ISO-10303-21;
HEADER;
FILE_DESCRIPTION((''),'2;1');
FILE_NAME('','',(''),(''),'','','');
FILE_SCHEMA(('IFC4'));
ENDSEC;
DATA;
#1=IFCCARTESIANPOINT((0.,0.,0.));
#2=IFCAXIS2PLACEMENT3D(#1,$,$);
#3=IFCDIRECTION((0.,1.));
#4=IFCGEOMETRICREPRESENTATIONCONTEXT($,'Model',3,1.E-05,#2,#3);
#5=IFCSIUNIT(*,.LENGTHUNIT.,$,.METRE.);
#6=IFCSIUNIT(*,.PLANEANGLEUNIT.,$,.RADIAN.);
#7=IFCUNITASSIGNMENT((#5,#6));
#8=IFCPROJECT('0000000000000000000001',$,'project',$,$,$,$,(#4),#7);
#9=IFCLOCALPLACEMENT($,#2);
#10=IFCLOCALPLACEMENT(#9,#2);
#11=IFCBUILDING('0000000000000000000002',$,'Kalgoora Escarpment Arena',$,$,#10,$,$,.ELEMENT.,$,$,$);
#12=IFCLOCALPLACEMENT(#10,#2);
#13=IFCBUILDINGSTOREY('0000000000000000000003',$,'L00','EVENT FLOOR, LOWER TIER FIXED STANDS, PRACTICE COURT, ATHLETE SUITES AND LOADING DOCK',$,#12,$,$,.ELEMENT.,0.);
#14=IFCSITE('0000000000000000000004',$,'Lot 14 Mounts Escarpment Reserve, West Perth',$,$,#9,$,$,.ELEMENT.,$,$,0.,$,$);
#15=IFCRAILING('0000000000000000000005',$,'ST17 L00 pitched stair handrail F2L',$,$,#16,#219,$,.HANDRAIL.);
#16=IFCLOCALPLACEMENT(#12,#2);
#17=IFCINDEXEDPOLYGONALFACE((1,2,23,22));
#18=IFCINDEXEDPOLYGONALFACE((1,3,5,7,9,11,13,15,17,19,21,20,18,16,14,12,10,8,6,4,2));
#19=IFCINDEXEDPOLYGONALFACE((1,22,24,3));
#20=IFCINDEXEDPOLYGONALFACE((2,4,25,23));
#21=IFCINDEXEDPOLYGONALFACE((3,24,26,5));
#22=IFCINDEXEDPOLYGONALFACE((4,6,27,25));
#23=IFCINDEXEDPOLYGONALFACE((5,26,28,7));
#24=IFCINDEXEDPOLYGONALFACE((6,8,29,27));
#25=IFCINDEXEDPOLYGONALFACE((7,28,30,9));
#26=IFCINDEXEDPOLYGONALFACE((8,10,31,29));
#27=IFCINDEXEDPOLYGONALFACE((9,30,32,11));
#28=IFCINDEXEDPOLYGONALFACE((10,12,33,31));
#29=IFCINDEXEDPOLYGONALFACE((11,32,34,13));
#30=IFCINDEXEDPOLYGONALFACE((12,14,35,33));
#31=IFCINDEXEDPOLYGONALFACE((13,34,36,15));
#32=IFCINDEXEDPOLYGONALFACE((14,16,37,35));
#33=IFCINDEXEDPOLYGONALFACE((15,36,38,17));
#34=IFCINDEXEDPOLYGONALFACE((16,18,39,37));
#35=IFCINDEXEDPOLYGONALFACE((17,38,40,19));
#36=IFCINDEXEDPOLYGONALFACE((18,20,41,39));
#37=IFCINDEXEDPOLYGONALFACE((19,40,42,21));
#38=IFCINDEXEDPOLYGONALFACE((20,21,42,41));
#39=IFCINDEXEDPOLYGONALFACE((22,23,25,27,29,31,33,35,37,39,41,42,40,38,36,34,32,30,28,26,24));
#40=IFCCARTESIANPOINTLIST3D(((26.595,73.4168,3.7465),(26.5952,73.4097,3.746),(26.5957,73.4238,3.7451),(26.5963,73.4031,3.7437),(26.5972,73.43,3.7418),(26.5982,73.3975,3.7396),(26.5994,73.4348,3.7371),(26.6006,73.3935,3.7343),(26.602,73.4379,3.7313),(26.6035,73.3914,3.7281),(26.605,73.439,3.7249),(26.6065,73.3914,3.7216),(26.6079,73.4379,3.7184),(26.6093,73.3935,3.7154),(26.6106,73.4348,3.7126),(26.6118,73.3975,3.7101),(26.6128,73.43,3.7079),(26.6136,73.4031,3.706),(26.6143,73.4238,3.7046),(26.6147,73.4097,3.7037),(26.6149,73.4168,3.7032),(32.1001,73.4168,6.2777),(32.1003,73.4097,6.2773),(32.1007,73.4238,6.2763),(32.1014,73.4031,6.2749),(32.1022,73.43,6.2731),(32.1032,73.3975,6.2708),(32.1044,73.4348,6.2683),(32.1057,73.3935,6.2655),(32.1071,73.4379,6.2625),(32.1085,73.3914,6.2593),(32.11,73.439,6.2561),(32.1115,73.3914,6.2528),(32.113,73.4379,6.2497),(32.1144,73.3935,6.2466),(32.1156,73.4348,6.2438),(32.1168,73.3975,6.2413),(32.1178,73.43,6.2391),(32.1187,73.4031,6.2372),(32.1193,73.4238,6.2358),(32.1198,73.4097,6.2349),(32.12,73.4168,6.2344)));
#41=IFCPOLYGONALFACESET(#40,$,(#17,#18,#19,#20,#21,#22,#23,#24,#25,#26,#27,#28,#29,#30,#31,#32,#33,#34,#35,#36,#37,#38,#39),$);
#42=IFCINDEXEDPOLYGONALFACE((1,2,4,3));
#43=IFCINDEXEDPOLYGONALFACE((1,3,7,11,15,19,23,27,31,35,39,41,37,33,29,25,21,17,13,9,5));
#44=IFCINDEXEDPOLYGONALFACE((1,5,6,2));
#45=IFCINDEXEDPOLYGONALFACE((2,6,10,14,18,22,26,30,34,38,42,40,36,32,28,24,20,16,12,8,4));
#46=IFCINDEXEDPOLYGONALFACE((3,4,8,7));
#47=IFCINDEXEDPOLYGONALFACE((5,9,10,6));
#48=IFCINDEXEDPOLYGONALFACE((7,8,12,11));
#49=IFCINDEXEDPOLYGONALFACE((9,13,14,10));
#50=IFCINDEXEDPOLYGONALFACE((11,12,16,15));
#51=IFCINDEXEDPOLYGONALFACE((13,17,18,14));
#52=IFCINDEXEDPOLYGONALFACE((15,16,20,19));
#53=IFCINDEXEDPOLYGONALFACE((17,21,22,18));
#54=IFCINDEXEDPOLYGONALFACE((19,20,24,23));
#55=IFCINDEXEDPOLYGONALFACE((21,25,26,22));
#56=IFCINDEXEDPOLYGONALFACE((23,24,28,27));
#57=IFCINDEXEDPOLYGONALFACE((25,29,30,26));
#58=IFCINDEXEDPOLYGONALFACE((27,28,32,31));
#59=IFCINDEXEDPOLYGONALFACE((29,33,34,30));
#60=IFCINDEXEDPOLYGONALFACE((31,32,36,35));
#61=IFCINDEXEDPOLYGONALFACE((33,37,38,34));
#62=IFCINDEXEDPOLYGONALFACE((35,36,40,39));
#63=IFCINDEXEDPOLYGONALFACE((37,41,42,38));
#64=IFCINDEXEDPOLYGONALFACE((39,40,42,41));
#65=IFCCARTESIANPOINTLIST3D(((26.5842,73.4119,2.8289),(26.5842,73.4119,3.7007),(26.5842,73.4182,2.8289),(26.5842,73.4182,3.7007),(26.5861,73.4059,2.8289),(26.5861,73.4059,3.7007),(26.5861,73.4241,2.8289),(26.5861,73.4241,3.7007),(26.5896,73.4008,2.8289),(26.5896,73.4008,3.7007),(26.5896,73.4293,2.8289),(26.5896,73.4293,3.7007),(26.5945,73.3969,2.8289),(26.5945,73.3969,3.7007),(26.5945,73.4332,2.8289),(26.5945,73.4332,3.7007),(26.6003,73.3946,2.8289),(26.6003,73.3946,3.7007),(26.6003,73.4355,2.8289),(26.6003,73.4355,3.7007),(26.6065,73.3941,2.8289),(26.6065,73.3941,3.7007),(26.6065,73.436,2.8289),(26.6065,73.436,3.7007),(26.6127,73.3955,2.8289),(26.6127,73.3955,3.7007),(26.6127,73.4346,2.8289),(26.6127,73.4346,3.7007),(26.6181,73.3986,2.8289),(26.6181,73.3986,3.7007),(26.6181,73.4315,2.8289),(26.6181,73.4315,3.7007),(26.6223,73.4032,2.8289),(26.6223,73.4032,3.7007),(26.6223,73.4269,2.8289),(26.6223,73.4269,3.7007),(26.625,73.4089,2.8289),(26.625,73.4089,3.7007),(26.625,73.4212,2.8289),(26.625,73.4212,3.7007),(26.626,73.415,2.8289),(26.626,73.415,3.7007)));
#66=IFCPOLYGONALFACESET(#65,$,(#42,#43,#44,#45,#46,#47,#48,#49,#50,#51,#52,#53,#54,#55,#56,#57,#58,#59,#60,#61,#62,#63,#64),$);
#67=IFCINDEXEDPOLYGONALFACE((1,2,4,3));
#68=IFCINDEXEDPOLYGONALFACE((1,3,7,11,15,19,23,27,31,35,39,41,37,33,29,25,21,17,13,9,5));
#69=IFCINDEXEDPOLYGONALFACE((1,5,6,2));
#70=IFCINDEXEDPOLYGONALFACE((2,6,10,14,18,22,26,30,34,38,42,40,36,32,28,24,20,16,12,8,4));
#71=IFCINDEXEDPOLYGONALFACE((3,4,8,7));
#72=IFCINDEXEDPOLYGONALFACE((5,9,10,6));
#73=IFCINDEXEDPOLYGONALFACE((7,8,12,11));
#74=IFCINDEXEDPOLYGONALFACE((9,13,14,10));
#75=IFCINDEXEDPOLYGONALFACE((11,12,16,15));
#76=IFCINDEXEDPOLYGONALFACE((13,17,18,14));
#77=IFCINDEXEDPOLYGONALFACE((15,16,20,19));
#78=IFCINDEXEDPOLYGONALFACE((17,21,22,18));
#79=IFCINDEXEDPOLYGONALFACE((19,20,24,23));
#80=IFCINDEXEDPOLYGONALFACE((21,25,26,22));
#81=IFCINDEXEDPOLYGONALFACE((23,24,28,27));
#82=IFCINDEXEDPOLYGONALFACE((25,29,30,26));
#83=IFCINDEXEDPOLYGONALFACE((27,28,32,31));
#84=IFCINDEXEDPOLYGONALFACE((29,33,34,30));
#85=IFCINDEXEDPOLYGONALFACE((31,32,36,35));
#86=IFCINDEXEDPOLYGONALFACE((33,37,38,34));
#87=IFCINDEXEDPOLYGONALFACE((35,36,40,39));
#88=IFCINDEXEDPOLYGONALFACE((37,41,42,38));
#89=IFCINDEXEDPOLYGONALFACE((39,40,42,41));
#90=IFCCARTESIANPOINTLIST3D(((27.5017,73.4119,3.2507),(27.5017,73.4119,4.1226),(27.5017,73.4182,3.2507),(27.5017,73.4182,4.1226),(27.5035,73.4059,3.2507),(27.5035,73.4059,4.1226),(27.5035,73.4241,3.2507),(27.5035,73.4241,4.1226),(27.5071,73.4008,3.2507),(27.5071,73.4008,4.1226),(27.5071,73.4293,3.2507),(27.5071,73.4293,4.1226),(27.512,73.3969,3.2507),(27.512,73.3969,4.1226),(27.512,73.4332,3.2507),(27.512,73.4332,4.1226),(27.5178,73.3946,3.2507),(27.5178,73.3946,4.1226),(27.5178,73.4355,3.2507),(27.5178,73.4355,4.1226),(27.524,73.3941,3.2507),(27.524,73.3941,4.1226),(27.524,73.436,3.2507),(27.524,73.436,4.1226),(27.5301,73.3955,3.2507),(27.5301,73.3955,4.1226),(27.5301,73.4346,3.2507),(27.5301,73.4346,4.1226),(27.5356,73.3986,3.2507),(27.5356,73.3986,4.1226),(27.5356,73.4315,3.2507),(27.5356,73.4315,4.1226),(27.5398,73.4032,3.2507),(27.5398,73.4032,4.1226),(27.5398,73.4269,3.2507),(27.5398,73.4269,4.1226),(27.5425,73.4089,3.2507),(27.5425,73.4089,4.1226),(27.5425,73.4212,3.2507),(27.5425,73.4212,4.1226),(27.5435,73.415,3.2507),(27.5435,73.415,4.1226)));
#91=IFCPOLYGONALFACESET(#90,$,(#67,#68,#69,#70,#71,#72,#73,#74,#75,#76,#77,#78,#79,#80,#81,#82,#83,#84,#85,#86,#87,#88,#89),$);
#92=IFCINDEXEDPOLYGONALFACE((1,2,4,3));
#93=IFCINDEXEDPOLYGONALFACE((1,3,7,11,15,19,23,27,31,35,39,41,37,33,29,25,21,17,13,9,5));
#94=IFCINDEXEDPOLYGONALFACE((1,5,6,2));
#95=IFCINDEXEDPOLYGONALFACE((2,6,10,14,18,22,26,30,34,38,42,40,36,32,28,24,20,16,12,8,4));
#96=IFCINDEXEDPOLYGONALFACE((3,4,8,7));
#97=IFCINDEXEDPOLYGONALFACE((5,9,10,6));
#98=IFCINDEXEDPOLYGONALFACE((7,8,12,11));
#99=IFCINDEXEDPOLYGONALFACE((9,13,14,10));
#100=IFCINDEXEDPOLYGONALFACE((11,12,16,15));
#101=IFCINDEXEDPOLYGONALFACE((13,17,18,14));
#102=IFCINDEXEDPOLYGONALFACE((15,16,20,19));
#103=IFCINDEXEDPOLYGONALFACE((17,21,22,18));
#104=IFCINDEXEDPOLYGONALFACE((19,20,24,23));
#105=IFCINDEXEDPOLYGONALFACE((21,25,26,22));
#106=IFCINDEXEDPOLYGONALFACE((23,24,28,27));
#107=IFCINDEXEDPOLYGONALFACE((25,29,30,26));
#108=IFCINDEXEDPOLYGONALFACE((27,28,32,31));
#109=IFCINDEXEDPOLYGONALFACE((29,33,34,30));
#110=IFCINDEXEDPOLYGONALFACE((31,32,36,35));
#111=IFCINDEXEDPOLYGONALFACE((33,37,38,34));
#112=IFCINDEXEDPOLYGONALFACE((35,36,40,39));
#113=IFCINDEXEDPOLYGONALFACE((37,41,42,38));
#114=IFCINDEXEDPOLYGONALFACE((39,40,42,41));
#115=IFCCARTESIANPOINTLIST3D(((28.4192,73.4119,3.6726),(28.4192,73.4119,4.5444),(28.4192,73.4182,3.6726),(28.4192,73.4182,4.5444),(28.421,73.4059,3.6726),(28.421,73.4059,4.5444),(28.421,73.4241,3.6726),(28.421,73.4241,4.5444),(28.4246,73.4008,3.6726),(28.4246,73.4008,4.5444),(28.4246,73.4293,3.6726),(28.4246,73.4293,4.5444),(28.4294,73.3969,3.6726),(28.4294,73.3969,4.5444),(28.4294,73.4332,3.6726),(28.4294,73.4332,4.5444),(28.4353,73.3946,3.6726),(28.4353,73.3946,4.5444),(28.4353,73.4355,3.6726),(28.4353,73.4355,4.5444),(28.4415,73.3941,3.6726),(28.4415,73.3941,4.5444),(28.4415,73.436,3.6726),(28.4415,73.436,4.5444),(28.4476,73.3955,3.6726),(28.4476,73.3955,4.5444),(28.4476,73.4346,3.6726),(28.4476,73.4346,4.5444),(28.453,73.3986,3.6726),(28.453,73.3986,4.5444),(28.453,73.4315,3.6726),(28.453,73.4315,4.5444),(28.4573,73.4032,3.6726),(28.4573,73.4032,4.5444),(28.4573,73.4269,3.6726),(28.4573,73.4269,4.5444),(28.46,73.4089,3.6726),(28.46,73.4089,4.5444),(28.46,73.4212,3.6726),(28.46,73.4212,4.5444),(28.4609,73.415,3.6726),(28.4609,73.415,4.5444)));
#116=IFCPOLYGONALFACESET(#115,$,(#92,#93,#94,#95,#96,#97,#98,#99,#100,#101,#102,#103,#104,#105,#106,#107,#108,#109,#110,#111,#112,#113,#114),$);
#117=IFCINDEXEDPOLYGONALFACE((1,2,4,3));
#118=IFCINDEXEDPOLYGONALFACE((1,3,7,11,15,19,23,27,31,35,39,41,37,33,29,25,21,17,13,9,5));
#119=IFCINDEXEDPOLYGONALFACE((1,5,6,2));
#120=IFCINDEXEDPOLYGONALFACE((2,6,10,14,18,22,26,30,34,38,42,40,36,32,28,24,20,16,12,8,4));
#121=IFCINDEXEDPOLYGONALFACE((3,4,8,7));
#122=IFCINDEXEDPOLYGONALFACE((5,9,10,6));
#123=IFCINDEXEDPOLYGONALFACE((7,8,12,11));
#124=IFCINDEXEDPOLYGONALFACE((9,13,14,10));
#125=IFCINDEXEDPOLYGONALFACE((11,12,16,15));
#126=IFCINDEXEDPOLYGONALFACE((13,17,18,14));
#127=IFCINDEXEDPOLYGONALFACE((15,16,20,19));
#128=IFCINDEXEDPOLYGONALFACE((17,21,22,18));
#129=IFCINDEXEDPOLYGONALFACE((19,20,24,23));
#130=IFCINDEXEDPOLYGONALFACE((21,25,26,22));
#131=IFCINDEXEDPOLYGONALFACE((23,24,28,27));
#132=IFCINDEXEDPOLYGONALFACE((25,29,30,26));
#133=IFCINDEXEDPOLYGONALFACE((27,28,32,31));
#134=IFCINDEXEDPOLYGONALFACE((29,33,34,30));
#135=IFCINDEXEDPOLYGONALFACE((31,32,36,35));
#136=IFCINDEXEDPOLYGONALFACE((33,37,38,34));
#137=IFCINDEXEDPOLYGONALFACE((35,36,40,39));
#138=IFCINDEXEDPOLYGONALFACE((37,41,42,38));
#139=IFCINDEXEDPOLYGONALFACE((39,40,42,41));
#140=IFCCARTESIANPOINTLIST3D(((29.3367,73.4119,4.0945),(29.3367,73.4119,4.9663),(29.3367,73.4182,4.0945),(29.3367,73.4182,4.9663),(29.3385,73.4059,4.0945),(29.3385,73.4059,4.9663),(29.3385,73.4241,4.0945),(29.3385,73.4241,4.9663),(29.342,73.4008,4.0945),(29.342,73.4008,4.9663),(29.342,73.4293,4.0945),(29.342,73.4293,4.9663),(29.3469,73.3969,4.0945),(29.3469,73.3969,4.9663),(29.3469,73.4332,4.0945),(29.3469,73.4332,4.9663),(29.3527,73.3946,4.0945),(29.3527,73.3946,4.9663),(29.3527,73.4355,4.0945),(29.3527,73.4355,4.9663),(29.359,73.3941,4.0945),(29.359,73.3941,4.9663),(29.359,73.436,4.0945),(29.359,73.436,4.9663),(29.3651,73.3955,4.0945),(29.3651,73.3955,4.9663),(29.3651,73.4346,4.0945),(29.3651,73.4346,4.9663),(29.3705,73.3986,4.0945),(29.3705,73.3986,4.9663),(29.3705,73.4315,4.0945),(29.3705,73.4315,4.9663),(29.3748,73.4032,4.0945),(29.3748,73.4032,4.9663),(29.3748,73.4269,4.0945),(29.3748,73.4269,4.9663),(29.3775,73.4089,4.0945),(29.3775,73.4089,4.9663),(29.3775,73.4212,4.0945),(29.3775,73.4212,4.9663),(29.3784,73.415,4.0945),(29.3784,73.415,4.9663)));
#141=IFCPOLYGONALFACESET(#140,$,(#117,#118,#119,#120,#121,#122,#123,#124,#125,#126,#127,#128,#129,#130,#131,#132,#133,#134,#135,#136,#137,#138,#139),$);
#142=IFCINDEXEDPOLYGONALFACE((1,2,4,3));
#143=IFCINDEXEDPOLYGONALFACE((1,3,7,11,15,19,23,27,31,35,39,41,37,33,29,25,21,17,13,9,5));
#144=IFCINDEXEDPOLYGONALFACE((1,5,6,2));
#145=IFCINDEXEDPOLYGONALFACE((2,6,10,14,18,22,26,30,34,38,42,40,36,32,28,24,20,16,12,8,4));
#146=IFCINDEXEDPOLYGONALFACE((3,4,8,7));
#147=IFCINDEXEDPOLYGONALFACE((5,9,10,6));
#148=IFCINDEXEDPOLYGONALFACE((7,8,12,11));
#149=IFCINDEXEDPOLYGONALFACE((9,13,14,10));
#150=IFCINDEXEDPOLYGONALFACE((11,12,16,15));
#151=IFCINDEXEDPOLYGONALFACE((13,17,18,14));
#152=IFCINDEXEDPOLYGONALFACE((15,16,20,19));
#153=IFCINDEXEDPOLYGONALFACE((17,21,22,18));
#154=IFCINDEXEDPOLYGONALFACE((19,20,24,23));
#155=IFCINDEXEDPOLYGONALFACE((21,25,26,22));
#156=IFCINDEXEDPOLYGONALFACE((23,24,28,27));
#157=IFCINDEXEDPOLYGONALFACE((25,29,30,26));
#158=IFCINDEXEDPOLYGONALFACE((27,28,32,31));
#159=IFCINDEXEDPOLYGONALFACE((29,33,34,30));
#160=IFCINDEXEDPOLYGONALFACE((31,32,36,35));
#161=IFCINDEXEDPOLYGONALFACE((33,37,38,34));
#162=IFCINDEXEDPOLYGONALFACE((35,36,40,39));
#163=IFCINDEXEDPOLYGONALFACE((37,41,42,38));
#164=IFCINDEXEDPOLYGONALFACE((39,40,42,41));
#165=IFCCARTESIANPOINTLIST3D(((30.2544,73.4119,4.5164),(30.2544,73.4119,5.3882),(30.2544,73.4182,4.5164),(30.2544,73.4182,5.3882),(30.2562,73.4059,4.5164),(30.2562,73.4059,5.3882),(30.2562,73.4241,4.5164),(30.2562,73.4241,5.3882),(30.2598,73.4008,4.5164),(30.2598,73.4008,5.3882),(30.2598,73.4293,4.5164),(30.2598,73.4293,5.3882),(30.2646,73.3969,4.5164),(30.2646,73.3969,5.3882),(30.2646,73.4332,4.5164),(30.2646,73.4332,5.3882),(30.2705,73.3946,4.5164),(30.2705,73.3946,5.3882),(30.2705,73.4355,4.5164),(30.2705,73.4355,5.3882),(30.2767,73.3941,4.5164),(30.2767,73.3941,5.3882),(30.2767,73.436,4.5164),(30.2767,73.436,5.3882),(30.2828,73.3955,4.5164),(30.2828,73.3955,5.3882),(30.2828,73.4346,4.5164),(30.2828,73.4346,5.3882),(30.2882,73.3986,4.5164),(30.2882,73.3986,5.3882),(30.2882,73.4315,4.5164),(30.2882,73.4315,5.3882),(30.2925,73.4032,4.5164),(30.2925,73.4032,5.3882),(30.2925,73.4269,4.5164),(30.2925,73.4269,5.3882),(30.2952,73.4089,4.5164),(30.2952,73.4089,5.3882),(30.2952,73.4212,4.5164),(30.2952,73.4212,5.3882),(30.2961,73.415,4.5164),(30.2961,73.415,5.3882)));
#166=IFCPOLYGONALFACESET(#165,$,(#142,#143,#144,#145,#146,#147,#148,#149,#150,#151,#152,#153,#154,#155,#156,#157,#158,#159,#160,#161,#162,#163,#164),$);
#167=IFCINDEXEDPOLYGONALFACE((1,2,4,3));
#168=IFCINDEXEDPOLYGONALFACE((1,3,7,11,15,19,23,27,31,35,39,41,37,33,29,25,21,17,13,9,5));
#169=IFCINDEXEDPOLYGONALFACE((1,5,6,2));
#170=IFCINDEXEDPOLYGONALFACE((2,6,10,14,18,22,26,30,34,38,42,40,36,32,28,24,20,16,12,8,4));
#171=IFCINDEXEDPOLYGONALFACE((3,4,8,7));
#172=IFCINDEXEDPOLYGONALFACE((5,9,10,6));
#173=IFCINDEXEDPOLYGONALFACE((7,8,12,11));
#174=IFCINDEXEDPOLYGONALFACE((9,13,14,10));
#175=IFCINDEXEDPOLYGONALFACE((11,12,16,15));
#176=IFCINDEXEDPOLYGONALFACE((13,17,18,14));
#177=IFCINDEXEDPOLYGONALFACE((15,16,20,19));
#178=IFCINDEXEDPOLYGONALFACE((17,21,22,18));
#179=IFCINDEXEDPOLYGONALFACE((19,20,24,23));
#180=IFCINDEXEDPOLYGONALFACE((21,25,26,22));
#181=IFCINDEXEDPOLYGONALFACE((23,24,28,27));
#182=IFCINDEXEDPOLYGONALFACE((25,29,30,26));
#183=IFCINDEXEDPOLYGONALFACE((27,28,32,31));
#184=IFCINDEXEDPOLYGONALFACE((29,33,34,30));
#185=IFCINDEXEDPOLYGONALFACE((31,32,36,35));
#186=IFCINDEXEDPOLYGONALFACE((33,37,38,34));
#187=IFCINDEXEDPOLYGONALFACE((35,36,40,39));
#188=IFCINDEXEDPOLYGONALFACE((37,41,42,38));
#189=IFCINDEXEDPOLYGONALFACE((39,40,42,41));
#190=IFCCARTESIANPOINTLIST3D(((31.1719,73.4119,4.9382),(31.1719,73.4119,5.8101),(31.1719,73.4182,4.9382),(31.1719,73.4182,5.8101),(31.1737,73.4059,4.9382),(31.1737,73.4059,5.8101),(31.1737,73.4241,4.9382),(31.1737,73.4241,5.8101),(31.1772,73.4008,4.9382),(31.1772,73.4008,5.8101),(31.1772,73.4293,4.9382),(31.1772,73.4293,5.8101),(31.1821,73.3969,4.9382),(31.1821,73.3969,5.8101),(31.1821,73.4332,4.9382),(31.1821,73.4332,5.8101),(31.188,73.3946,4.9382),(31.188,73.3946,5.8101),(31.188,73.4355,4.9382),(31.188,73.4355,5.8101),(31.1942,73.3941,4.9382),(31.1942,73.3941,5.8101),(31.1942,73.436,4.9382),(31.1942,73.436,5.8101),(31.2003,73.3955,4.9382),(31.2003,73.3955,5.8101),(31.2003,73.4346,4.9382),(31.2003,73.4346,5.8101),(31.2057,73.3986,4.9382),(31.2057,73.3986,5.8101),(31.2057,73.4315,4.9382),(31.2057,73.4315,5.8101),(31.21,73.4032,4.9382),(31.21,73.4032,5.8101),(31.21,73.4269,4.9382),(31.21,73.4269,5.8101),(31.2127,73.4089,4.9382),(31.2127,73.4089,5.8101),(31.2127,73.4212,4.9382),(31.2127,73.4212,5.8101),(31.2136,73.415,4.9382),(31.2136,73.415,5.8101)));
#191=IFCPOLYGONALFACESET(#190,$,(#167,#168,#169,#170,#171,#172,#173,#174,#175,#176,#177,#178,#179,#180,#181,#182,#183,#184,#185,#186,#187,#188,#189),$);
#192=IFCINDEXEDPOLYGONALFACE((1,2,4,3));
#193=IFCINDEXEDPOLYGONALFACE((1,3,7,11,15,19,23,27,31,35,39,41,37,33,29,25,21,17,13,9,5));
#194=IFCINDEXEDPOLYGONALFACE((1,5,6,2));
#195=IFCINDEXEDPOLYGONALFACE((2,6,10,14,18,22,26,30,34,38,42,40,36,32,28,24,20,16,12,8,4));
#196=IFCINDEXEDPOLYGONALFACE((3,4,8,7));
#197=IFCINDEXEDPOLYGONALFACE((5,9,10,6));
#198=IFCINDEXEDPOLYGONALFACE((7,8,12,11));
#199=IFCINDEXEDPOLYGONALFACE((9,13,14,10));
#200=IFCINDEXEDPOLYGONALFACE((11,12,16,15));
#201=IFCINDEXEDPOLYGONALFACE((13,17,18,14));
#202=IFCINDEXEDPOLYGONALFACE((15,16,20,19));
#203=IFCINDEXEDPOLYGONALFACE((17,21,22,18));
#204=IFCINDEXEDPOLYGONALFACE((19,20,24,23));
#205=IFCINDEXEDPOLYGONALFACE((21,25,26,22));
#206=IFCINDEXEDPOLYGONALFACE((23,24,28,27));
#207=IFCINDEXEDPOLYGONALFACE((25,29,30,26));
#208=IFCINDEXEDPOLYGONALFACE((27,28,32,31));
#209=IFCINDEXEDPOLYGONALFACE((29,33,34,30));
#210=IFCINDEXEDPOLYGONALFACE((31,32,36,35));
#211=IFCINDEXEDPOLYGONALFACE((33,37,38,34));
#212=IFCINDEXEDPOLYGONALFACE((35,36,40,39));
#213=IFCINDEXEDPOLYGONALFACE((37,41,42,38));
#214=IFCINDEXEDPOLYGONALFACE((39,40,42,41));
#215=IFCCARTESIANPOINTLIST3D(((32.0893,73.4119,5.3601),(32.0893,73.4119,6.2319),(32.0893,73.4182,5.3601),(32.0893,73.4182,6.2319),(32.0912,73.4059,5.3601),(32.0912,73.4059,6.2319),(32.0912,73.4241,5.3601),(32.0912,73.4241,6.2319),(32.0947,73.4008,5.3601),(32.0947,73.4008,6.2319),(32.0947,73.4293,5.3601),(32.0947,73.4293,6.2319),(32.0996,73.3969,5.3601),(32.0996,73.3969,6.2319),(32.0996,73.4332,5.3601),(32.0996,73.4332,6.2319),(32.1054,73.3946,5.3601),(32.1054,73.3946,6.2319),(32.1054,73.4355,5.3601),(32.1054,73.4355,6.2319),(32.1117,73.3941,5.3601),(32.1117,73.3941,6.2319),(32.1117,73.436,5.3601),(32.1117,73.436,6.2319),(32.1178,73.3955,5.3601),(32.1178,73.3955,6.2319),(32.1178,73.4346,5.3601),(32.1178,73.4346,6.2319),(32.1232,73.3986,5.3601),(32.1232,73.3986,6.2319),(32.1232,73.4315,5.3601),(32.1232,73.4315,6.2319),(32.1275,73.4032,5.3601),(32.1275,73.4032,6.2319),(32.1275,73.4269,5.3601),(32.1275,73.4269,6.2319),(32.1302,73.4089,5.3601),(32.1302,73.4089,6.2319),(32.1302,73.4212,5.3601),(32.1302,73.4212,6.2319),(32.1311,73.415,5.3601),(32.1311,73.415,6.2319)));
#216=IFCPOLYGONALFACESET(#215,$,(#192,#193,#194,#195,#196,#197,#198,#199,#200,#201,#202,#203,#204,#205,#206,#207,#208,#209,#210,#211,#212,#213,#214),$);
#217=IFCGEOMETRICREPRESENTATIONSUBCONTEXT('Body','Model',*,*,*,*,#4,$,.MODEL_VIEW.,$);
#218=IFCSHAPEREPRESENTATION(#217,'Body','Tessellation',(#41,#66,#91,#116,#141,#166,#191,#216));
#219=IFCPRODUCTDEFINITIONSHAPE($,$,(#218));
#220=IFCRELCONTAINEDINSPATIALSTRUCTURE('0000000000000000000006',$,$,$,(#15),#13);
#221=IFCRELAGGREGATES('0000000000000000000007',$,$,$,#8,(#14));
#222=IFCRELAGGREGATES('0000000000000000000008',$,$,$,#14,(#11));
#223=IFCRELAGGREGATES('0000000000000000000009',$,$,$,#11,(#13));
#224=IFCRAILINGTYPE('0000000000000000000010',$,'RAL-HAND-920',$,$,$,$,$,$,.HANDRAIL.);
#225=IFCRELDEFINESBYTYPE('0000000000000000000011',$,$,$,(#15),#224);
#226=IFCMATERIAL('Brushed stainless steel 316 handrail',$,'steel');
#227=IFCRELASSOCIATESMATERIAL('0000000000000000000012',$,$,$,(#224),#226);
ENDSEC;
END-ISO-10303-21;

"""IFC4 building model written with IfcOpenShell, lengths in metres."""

from ifc_helpers import new_model, si_unit, direction, frame, origin, origin_2d, place, context, subcontext, project, spatial, circle, extrude, material, type_object, element, save


model = new_model("IFC4")

# Units and contexts
model_context = context("Model", 3, precision=1e-05, world=origin(), true_north=direction((0.0, 1.0)))
body_context = subcontext(model_context, "Body", "Model", "MODEL_VIEW")
ifc_project = project(units=[si_unit("LENGTHUNIT", "METRE"), si_unit("PLANEANGLEUNIT", "RADIAN")], contexts=[model_context])

# Site, building, storey
site_placement = place(None, origin())
site = spatial("IfcSite", under=ifc_project, at=site_placement, Name="Lot 14 Mounts Escarpment Reserve, West Perth", CompositionType="ELEMENT", RefElevation=0.0)
building_placement = place(site_placement, origin())
building = spatial("IfcBuilding", under=site, at=building_placement, Name="Kalgoora Escarpment Arena", CompositionType="ELEMENT")
storey_placement = place(building_placement, origin())
storey = spatial("IfcBuildingStorey", under=building, at=storey_placement, Name="L00", Description="EVENT FLOOR, LOWER TIER FIXED STANDS, PRACTICE COURT, ATHLETE SUITES AND LOADING DOCK", CompositionType="ELEMENT", Elevation=0.0)

# Railing
ifc_material_1 = material(Name="Brushed stainless steel 316 handrail", Category="steel")
railing_type_1 = type_object("IfcRailingType", Name="RAL-HAND-920", PredefinedType="HANDRAIL", material=ifc_material_1)
railing_1_placement = place(storey_placement, frame((26.605, 73.415, 2.8289)))
element("IfcRailing", 1, at=railing_1_placement, inside=storey, type_object=railing_type_1, Name="ST17 L00 pitched stair handrail F2L", PredefinedType="HANDRAIL", context=body_context, shape_type="SweptSolid", body=[
    extrude(circle(Radius=0.0239, at=origin_2d()), frame((0.0, 0.0, 0.896), z_axis=(0.90856, 0.0, 0.417755), x_axis=(0.0, 1.0, 0.0)), (0.0, 0.0, 1.0), 6.0591),
    extrude(circle(Radius=0.021, at=origin_2d()), origin(), (0.0, 0.0, 1.0), 0.8718),
    extrude(circle(Radius=0.021, at=origin_2d()), frame((0.9175, 0.0, 0.4219)), (0.0, 0.0, 1.0), 0.8718),
    extrude(circle(Radius=0.021, at=origin_2d()), frame((1.835, 0.0, 0.8438)), (0.0, 0.0, 1.0), 0.8718),
    extrude(circle(Radius=0.021, at=origin_2d()), frame((2.7524, 0.0, 1.2656)), (0.0, 0.0, 1.0), 0.8718),
    extrude(circle(Radius=0.021, at=origin_2d()), frame((3.6702, 0.0, 1.6875)), (0.0, 0.0, 1.0), 0.8718),
    extrude(circle(Radius=0.021, at=origin_2d()), frame((4.5876, 0.0, 2.1094)), (0.0, 0.0, 1.0), 0.8718),
    extrude(circle(Radius=0.021, at=origin_2d()), frame((5.5051, 0.0, 2.5312)), (0.0, 0.0, 1.0), 0.8718),
])

save(model, "model.ifc")
